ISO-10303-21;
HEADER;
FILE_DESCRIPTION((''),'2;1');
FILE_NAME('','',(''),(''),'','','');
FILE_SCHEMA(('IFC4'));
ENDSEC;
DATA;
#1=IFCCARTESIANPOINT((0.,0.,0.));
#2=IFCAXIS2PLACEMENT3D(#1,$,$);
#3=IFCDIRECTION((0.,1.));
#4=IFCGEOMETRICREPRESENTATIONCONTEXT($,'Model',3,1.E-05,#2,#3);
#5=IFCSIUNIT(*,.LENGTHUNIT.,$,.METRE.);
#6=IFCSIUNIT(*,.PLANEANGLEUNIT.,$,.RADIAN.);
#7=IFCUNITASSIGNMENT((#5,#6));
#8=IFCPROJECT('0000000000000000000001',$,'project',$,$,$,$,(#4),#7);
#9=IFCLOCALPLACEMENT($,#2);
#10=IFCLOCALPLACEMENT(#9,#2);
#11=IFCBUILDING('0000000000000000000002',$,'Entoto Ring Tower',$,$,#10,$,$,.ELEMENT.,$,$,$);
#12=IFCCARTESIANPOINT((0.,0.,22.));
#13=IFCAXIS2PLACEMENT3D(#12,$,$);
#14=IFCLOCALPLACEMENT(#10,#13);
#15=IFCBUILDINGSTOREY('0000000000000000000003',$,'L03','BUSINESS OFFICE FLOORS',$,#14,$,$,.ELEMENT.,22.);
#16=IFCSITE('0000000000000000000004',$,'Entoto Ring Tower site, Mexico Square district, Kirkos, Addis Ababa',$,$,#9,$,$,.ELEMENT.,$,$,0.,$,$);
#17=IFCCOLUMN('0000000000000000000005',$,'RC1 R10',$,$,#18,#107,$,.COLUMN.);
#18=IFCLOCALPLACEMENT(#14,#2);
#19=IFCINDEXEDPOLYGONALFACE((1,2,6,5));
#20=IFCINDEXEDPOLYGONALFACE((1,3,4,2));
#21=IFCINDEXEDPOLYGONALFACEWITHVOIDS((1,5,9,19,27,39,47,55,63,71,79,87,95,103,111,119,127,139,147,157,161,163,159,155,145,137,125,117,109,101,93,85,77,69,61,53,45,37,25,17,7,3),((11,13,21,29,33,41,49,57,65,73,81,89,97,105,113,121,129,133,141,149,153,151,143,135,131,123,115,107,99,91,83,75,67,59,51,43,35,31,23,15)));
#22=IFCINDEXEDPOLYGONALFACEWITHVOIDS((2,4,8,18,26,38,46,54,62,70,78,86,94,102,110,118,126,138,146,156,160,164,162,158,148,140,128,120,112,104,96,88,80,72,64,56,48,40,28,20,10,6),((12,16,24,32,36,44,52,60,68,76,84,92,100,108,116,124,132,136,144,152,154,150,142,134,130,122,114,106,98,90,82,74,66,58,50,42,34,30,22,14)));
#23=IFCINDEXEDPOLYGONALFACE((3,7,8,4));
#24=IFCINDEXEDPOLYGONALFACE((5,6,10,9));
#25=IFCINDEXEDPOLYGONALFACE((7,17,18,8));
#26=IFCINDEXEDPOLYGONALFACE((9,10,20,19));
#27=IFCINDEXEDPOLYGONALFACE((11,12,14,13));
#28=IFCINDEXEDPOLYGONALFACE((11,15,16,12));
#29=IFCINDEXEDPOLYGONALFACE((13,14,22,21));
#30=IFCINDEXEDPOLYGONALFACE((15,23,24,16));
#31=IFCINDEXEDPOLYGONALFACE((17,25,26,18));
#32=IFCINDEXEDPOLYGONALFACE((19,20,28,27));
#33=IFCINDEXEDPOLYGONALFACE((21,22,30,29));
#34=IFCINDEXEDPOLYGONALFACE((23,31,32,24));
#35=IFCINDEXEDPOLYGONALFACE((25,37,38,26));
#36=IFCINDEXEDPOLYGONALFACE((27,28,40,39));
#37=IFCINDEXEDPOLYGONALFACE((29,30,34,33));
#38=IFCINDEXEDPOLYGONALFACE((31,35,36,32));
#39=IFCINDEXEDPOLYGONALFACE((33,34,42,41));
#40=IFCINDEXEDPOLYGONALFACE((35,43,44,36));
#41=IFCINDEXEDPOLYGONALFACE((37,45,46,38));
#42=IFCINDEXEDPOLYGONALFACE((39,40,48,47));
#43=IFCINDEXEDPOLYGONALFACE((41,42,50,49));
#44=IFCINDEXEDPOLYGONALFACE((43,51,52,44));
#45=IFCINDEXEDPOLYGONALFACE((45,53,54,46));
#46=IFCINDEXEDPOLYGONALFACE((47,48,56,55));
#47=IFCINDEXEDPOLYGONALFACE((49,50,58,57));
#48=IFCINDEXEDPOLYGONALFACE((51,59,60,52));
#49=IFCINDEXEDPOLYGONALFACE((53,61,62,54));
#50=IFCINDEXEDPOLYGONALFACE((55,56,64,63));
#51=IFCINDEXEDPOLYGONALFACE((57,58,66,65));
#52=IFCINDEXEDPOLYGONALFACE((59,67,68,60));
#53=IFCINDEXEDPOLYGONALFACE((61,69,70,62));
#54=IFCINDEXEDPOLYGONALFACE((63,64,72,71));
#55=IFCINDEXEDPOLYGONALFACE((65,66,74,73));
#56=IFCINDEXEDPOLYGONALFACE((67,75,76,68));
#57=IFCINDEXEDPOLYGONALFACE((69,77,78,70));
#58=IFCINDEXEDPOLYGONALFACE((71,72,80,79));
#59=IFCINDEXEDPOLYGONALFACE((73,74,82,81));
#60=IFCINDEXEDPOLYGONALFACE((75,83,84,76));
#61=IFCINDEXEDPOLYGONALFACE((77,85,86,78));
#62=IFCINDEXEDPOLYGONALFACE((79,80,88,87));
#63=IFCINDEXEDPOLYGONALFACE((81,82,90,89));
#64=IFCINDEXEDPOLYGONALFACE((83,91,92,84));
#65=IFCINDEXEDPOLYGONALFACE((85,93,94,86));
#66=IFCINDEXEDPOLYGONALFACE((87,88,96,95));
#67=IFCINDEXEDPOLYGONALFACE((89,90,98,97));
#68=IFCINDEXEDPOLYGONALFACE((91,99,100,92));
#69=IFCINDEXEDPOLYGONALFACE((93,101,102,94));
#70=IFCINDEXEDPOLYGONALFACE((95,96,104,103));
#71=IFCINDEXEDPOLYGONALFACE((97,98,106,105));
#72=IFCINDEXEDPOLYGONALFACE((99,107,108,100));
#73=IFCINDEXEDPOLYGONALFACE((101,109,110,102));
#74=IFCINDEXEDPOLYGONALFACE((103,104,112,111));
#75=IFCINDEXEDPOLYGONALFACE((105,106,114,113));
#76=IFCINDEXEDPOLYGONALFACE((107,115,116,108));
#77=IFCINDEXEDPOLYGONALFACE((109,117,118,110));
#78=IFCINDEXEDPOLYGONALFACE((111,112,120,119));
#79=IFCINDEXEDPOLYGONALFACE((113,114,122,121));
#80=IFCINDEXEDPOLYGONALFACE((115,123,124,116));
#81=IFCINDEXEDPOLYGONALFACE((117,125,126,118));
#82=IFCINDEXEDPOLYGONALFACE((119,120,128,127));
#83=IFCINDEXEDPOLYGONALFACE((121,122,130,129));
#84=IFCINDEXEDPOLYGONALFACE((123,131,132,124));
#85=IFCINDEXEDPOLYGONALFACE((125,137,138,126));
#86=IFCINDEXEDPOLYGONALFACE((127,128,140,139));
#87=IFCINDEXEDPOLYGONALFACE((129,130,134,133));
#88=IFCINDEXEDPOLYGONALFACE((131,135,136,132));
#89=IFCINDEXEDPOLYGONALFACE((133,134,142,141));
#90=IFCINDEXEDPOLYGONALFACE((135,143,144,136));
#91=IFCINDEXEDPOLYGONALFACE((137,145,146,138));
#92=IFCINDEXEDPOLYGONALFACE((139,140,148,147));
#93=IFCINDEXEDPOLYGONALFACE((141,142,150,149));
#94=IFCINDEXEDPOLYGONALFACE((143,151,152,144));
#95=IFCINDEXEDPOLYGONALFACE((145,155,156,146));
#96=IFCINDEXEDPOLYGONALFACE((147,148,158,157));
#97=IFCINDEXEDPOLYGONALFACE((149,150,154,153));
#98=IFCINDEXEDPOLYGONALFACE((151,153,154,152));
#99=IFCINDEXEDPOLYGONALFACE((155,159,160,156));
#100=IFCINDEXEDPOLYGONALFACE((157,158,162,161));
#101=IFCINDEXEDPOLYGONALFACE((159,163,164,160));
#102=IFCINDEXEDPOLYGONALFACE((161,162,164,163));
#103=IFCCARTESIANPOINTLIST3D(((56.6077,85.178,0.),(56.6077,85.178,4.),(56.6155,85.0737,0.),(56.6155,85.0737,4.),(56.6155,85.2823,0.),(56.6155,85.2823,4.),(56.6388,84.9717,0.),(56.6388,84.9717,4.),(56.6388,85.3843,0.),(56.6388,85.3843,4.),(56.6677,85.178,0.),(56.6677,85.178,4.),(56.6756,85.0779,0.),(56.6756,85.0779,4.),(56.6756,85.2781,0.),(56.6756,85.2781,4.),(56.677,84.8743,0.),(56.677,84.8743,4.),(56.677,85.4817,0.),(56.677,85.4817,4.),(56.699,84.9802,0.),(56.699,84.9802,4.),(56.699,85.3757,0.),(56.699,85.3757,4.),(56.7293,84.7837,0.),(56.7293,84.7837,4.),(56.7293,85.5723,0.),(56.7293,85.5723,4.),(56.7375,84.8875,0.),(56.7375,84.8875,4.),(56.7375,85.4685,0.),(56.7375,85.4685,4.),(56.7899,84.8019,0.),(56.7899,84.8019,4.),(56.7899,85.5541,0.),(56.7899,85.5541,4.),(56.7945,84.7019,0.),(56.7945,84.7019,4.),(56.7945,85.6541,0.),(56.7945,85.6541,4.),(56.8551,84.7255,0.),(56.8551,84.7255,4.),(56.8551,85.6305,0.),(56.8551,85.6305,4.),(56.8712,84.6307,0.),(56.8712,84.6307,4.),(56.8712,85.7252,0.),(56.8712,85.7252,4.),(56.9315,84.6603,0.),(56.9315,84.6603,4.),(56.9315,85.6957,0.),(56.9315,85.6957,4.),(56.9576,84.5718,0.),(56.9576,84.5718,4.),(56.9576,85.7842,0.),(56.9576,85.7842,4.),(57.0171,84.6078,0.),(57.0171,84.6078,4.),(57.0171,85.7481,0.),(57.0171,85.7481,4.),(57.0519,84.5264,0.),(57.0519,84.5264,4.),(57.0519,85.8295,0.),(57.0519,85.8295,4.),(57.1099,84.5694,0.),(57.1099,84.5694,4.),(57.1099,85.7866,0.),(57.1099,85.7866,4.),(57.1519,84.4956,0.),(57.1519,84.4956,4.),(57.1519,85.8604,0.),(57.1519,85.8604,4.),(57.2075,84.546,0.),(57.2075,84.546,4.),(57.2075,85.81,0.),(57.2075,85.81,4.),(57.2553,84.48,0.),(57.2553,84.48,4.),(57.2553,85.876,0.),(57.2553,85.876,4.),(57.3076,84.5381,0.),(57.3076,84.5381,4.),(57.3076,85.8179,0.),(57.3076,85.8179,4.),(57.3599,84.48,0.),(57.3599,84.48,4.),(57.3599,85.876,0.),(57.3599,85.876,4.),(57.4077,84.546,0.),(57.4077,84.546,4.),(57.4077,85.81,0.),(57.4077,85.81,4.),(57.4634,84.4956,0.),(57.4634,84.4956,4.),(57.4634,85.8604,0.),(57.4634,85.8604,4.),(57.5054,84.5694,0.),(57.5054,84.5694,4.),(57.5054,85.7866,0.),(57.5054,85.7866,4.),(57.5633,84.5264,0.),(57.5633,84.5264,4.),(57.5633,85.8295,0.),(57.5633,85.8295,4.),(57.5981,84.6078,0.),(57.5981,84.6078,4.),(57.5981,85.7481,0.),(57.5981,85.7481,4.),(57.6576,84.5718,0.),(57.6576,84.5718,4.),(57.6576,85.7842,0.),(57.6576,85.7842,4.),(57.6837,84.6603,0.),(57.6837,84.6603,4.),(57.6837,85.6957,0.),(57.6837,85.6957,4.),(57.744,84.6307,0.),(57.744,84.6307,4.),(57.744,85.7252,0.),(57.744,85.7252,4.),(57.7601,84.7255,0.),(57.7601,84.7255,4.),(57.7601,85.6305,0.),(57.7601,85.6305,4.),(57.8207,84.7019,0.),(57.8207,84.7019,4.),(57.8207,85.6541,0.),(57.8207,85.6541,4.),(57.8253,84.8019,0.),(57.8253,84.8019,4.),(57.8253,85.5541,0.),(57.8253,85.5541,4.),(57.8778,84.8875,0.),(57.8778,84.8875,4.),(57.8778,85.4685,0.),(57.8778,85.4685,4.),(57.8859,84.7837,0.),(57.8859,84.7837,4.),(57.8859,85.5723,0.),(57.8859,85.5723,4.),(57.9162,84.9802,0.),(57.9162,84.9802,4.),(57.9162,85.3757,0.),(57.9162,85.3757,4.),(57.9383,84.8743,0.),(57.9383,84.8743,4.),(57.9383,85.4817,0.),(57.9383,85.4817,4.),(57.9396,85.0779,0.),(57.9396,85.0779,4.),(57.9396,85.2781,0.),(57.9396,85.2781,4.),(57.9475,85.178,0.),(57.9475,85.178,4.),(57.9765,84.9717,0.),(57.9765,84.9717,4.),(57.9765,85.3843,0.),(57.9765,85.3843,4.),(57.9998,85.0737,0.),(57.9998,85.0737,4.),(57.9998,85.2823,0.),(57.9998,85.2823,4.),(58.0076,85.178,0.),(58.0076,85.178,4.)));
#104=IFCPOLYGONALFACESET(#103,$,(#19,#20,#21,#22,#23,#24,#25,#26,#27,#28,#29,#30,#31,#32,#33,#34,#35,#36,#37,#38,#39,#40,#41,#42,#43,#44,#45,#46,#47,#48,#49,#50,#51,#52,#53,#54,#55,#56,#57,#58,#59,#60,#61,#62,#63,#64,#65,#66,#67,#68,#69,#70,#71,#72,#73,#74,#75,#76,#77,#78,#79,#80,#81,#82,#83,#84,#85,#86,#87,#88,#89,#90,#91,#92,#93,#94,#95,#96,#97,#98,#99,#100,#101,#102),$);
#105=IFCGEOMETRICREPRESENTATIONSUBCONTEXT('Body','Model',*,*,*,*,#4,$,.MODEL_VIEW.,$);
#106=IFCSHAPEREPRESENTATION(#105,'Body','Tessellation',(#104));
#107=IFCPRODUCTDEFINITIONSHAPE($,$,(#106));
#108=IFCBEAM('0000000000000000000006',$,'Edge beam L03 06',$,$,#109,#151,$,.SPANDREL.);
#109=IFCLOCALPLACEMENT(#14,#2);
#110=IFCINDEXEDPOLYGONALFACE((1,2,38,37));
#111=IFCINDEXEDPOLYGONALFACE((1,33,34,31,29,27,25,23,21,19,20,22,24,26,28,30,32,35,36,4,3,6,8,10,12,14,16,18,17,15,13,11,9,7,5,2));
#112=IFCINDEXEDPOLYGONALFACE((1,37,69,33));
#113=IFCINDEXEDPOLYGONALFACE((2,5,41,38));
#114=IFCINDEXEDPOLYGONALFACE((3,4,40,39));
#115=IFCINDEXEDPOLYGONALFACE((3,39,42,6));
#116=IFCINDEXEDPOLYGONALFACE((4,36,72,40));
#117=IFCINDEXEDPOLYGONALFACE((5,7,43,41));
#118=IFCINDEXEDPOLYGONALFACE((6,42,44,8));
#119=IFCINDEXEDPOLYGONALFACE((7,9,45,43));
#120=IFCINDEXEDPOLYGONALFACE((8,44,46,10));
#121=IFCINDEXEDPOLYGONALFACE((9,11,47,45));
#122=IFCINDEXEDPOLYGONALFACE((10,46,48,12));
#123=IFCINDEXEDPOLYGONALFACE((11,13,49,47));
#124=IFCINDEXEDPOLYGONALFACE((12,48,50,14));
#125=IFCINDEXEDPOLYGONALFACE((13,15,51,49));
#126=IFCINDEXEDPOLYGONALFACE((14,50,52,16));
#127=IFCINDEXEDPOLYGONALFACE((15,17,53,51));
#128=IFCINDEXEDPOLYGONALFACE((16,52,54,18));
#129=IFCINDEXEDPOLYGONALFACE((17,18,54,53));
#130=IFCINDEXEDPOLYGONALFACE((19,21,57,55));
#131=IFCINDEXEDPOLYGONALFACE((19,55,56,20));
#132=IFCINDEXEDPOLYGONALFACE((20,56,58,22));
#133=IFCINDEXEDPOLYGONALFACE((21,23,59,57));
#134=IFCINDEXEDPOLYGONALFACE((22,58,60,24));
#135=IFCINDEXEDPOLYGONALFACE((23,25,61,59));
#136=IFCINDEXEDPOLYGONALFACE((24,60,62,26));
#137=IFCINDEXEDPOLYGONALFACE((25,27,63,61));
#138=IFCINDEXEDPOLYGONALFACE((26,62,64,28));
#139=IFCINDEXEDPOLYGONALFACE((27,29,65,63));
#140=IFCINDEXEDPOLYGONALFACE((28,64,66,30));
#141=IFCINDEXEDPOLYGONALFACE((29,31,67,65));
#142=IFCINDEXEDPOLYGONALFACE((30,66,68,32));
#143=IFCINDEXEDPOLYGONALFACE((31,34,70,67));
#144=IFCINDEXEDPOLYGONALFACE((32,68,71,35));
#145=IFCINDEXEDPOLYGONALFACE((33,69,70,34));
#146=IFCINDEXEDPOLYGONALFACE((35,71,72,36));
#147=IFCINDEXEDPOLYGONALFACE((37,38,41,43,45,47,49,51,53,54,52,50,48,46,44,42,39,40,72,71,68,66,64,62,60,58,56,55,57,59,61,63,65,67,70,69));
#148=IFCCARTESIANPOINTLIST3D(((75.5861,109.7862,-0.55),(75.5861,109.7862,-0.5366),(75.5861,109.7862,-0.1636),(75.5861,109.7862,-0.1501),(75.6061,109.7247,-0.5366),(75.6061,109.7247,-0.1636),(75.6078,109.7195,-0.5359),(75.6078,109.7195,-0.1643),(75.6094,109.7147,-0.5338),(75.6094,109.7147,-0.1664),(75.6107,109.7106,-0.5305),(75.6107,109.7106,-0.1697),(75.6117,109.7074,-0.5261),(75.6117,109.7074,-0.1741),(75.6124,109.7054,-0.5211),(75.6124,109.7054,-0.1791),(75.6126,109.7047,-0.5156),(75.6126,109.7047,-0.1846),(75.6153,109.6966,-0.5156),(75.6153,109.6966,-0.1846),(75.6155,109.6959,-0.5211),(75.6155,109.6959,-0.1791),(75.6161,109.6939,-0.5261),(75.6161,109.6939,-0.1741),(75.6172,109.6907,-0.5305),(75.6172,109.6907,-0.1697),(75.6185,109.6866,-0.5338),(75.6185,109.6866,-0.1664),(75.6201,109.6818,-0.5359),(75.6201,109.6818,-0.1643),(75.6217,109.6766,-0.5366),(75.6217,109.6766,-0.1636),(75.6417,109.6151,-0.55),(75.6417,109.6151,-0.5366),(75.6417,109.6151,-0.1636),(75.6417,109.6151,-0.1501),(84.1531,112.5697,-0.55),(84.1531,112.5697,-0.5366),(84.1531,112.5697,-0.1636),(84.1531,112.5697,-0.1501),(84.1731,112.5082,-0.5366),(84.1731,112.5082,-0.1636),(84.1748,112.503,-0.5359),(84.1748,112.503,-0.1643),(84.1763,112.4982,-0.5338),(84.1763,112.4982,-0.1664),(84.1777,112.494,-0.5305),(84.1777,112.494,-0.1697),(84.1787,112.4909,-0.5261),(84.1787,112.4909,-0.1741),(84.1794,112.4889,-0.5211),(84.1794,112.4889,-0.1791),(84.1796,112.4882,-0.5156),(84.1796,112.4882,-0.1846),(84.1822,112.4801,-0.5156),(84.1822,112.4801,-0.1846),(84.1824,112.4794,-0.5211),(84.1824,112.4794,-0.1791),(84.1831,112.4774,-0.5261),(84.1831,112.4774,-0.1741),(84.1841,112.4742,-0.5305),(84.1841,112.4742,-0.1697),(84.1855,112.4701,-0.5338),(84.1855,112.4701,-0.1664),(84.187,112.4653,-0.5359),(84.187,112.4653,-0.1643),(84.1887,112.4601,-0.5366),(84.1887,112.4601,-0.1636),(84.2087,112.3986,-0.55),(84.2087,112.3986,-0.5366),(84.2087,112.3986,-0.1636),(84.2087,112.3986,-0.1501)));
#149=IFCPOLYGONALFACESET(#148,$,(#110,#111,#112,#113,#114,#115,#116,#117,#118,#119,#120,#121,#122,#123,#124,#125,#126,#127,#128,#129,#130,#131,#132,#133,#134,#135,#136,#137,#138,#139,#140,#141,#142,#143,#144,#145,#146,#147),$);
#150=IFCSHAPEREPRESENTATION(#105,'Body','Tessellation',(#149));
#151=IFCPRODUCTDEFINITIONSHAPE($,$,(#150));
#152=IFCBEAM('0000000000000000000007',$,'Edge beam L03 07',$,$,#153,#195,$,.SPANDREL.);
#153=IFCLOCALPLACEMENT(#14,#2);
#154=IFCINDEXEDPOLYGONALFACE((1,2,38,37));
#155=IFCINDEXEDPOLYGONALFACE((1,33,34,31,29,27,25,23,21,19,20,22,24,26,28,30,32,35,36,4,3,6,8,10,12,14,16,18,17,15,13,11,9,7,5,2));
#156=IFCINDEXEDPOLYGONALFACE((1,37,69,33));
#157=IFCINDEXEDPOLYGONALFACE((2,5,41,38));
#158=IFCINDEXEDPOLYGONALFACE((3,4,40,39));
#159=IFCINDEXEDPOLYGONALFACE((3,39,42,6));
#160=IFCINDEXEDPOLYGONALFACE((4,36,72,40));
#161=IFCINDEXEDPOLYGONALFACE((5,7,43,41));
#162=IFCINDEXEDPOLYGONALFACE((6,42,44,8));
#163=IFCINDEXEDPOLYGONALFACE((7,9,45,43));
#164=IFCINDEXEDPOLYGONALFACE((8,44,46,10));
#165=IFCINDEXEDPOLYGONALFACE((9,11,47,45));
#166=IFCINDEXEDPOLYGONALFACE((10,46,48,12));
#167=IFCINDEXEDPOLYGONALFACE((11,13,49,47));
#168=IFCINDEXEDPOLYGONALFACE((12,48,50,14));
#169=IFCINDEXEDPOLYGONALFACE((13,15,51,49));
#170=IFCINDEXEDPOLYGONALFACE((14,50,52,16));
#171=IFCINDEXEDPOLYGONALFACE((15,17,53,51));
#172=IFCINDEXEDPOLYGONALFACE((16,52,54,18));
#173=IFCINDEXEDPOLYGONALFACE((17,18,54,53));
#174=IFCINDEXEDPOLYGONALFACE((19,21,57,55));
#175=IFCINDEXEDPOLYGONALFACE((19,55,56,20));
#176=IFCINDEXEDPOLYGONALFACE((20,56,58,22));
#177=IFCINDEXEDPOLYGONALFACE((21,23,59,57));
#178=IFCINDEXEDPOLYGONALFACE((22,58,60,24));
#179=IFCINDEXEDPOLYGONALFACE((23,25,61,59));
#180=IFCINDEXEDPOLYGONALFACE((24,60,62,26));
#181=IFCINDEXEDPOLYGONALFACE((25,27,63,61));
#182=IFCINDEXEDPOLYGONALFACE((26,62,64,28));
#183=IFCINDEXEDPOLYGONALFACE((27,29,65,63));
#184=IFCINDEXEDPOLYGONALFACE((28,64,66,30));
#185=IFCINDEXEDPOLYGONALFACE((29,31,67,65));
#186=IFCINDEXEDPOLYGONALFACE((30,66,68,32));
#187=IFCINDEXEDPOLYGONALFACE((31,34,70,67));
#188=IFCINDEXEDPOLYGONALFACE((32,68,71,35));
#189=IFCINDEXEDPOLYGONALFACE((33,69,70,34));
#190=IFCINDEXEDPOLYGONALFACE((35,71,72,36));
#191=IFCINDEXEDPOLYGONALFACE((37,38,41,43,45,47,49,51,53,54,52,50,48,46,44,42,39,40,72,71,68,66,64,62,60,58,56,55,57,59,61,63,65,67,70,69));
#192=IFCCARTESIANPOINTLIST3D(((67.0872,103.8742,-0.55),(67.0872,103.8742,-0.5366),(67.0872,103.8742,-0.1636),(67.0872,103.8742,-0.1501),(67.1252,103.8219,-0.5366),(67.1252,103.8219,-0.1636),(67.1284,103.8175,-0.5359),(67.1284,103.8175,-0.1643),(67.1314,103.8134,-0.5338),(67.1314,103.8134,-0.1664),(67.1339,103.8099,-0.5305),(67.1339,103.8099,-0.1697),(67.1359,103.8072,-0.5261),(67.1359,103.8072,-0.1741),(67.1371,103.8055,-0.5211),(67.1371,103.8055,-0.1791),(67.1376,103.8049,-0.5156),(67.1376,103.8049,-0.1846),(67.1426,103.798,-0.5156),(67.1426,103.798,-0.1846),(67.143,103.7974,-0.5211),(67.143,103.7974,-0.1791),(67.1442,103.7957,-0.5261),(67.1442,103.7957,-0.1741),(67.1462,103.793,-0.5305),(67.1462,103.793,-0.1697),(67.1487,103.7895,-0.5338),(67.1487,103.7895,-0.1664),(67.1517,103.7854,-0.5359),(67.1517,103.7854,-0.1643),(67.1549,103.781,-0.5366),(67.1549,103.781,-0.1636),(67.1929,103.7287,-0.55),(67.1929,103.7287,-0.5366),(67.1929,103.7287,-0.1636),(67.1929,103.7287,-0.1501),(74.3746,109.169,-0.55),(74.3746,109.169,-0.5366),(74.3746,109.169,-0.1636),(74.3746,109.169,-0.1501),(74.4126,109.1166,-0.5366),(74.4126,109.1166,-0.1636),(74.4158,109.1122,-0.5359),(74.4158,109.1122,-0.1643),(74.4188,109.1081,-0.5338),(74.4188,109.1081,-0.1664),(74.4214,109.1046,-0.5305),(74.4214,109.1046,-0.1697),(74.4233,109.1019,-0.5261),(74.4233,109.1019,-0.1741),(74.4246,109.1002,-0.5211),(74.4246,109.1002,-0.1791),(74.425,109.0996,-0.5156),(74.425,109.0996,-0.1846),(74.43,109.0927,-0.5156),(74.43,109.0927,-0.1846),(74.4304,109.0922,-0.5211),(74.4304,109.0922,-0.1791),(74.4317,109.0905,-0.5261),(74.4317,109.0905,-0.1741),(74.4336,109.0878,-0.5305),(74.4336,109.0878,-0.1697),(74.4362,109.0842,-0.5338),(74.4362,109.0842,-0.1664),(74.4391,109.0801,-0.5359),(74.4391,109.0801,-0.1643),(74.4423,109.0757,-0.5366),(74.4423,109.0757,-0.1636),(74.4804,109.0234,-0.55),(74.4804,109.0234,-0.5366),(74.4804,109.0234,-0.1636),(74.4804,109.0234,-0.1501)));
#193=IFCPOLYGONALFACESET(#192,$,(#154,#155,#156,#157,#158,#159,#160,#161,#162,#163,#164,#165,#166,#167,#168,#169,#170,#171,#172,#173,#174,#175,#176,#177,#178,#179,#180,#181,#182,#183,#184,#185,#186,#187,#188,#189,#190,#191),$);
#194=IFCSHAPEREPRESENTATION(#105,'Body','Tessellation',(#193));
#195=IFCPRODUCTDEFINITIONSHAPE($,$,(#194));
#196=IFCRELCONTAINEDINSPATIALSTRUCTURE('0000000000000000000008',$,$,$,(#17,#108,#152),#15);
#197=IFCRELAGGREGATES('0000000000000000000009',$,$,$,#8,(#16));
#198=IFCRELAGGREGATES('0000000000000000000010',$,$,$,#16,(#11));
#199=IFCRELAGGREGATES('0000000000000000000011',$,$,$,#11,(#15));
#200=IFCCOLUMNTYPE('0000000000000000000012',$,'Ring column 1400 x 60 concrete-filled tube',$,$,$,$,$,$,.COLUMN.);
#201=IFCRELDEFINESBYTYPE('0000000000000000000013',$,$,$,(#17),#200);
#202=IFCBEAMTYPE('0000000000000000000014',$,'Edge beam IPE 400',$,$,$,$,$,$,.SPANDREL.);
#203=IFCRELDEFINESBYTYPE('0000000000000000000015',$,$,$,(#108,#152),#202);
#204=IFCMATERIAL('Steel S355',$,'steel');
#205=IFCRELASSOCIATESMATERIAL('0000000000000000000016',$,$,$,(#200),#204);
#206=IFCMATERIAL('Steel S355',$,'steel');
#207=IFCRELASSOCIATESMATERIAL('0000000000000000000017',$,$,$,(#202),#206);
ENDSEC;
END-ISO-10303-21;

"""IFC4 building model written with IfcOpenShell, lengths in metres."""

from ifc_helpers import new_model, si_unit, direction, frame, origin, origin_2d, place, context, subcontext, project, spatial, circle, hollow_circle, i_section, extrude, material, material_profile, profile_set, type_object, element, save


model = new_model("IFC4")

# Units and contexts
model_context = context("Model", 3, precision=1e-05, world=origin(), true_north=direction((0.0, 1.0)))
body_context = subcontext(model_context, "Body", "Model", "MODEL_VIEW")
ifc_project = project(units=[si_unit("LENGTHUNIT", "METRE"), si_unit("PLANEANGLEUNIT", "RADIAN")], contexts=[model_context])

# Site, building, storey
site_placement = place(None, origin())
site = spatial("IfcSite", under=ifc_project, at=site_placement, Name="Entoto Ring Tower site, Mexico Square district, Kirkos, Addis Ababa", CompositionType="ELEMENT", RefElevation=0.0)
building_placement = place(site_placement, origin())
building = spatial("IfcBuilding", under=site, at=building_placement, Name="Entoto Ring Tower", CompositionType="ELEMENT")
storey_placement = place(building_placement, frame((0.0, 0.0, 22.0)))
storey = spatial("IfcBuildingStorey", under=building, at=storey_placement, Name="L03", Description="BUSINESS OFFICE FLOORS", CompositionType="ELEMENT", Elevation=22.0)

# Column
ifc_material_1 = material(Name="Steel S355", Category="steel")
ifc_material_profile_1 = material_profile(ifc_material_1, hollow_circle(Radius=0.7, WallThickness=0.0601, at=origin_2d()), Name="CHS 1400 x 60")
ifc_material_2 = material(Name="Concrete C60/75", Category="concrete")
ifc_material_profile_2 = material_profile(ifc_material_2, circle(Radius=0.6399, at=origin_2d()), Name="Concrete C60/75 infill")
ifc_profile_set_1 = profile_set([ifc_material_profile_1, ifc_material_profile_2], Name="Steel S355")
column_type = type_object("IfcColumnType", Name="Ring column 1400 x 60 concrete-filled tube", PredefinedType="COLUMN", material=ifc_profile_set_1)
for number, where, z_axis, x_axis, name in (
    (1, (57.3076, 85.178, 0.0), (0.0, 0.0, 1.0), (1.0, 0.0, 0.0), "RC1 R10"),
):
    element("IfcColumn", number, at=place(storey_placement, frame(where, z_axis=z_axis, x_axis=x_axis)), inside=storey, type_object=column_type, Name=name, PredefinedType="COLUMN", context=body_context, shape_type="SweptSolid", body=[
        extrude(hollow_circle(Radius=0.7, WallThickness=0.0601, at=origin_2d()), origin(), (0.0, 0.0, 1.0), 4.0),
    ])

# Beams
ifc_material_3 = material(Name="Steel S355", Category="steel")
ifc_material_profile_3 = material_profile(ifc_material_3, i_section(OverallWidth=0.1799, OverallDepth=0.3999, WebThickness=0.0085, FlangeThickness=0.0134, FilletRadius=0.021, at=origin_2d()), Name="IPE 400")
ifc_profile_set_2 = profile_set([ifc_material_profile_3], Name="Steel S355")
beam_type_1 = type_object("IfcBeamType", Name="Edge beam IPE 400", PredefinedType="SPANDREL", material=ifc_profile_set_2)
for number, where, z_axis, x_axis, name in (
    (2, (84.1809, 112.4841, -0.3501), (-0.95106, -0.309006, 0.0), (0.309006, -0.95106, 0.0), "Edge beam L03 06"),
    (3, (74.4275, 109.0962, -0.3501), (-0.809011, -0.587793, 0.0), (0.587793, -0.809011, 0.0), "Edge beam L03 07"),
):
    element("IfcBeam", number, at=place(storey_placement, frame(where, z_axis=z_axis, x_axis=x_axis)), inside=storey, type_object=beam_type_1, Name=name, PredefinedType="SPANDREL", context=body_context, shape_type="SweptSolid", body=[
        extrude(i_section(OverallWidth=0.1799, OverallDepth=0.3999, WebThickness=0.0085, FlangeThickness=0.0134, FilletRadius=0.021, at=origin_2d()), origin(), (0.0, 0.0, 1.0), 9.0078),
    ])

save(model, "model.ifc")
